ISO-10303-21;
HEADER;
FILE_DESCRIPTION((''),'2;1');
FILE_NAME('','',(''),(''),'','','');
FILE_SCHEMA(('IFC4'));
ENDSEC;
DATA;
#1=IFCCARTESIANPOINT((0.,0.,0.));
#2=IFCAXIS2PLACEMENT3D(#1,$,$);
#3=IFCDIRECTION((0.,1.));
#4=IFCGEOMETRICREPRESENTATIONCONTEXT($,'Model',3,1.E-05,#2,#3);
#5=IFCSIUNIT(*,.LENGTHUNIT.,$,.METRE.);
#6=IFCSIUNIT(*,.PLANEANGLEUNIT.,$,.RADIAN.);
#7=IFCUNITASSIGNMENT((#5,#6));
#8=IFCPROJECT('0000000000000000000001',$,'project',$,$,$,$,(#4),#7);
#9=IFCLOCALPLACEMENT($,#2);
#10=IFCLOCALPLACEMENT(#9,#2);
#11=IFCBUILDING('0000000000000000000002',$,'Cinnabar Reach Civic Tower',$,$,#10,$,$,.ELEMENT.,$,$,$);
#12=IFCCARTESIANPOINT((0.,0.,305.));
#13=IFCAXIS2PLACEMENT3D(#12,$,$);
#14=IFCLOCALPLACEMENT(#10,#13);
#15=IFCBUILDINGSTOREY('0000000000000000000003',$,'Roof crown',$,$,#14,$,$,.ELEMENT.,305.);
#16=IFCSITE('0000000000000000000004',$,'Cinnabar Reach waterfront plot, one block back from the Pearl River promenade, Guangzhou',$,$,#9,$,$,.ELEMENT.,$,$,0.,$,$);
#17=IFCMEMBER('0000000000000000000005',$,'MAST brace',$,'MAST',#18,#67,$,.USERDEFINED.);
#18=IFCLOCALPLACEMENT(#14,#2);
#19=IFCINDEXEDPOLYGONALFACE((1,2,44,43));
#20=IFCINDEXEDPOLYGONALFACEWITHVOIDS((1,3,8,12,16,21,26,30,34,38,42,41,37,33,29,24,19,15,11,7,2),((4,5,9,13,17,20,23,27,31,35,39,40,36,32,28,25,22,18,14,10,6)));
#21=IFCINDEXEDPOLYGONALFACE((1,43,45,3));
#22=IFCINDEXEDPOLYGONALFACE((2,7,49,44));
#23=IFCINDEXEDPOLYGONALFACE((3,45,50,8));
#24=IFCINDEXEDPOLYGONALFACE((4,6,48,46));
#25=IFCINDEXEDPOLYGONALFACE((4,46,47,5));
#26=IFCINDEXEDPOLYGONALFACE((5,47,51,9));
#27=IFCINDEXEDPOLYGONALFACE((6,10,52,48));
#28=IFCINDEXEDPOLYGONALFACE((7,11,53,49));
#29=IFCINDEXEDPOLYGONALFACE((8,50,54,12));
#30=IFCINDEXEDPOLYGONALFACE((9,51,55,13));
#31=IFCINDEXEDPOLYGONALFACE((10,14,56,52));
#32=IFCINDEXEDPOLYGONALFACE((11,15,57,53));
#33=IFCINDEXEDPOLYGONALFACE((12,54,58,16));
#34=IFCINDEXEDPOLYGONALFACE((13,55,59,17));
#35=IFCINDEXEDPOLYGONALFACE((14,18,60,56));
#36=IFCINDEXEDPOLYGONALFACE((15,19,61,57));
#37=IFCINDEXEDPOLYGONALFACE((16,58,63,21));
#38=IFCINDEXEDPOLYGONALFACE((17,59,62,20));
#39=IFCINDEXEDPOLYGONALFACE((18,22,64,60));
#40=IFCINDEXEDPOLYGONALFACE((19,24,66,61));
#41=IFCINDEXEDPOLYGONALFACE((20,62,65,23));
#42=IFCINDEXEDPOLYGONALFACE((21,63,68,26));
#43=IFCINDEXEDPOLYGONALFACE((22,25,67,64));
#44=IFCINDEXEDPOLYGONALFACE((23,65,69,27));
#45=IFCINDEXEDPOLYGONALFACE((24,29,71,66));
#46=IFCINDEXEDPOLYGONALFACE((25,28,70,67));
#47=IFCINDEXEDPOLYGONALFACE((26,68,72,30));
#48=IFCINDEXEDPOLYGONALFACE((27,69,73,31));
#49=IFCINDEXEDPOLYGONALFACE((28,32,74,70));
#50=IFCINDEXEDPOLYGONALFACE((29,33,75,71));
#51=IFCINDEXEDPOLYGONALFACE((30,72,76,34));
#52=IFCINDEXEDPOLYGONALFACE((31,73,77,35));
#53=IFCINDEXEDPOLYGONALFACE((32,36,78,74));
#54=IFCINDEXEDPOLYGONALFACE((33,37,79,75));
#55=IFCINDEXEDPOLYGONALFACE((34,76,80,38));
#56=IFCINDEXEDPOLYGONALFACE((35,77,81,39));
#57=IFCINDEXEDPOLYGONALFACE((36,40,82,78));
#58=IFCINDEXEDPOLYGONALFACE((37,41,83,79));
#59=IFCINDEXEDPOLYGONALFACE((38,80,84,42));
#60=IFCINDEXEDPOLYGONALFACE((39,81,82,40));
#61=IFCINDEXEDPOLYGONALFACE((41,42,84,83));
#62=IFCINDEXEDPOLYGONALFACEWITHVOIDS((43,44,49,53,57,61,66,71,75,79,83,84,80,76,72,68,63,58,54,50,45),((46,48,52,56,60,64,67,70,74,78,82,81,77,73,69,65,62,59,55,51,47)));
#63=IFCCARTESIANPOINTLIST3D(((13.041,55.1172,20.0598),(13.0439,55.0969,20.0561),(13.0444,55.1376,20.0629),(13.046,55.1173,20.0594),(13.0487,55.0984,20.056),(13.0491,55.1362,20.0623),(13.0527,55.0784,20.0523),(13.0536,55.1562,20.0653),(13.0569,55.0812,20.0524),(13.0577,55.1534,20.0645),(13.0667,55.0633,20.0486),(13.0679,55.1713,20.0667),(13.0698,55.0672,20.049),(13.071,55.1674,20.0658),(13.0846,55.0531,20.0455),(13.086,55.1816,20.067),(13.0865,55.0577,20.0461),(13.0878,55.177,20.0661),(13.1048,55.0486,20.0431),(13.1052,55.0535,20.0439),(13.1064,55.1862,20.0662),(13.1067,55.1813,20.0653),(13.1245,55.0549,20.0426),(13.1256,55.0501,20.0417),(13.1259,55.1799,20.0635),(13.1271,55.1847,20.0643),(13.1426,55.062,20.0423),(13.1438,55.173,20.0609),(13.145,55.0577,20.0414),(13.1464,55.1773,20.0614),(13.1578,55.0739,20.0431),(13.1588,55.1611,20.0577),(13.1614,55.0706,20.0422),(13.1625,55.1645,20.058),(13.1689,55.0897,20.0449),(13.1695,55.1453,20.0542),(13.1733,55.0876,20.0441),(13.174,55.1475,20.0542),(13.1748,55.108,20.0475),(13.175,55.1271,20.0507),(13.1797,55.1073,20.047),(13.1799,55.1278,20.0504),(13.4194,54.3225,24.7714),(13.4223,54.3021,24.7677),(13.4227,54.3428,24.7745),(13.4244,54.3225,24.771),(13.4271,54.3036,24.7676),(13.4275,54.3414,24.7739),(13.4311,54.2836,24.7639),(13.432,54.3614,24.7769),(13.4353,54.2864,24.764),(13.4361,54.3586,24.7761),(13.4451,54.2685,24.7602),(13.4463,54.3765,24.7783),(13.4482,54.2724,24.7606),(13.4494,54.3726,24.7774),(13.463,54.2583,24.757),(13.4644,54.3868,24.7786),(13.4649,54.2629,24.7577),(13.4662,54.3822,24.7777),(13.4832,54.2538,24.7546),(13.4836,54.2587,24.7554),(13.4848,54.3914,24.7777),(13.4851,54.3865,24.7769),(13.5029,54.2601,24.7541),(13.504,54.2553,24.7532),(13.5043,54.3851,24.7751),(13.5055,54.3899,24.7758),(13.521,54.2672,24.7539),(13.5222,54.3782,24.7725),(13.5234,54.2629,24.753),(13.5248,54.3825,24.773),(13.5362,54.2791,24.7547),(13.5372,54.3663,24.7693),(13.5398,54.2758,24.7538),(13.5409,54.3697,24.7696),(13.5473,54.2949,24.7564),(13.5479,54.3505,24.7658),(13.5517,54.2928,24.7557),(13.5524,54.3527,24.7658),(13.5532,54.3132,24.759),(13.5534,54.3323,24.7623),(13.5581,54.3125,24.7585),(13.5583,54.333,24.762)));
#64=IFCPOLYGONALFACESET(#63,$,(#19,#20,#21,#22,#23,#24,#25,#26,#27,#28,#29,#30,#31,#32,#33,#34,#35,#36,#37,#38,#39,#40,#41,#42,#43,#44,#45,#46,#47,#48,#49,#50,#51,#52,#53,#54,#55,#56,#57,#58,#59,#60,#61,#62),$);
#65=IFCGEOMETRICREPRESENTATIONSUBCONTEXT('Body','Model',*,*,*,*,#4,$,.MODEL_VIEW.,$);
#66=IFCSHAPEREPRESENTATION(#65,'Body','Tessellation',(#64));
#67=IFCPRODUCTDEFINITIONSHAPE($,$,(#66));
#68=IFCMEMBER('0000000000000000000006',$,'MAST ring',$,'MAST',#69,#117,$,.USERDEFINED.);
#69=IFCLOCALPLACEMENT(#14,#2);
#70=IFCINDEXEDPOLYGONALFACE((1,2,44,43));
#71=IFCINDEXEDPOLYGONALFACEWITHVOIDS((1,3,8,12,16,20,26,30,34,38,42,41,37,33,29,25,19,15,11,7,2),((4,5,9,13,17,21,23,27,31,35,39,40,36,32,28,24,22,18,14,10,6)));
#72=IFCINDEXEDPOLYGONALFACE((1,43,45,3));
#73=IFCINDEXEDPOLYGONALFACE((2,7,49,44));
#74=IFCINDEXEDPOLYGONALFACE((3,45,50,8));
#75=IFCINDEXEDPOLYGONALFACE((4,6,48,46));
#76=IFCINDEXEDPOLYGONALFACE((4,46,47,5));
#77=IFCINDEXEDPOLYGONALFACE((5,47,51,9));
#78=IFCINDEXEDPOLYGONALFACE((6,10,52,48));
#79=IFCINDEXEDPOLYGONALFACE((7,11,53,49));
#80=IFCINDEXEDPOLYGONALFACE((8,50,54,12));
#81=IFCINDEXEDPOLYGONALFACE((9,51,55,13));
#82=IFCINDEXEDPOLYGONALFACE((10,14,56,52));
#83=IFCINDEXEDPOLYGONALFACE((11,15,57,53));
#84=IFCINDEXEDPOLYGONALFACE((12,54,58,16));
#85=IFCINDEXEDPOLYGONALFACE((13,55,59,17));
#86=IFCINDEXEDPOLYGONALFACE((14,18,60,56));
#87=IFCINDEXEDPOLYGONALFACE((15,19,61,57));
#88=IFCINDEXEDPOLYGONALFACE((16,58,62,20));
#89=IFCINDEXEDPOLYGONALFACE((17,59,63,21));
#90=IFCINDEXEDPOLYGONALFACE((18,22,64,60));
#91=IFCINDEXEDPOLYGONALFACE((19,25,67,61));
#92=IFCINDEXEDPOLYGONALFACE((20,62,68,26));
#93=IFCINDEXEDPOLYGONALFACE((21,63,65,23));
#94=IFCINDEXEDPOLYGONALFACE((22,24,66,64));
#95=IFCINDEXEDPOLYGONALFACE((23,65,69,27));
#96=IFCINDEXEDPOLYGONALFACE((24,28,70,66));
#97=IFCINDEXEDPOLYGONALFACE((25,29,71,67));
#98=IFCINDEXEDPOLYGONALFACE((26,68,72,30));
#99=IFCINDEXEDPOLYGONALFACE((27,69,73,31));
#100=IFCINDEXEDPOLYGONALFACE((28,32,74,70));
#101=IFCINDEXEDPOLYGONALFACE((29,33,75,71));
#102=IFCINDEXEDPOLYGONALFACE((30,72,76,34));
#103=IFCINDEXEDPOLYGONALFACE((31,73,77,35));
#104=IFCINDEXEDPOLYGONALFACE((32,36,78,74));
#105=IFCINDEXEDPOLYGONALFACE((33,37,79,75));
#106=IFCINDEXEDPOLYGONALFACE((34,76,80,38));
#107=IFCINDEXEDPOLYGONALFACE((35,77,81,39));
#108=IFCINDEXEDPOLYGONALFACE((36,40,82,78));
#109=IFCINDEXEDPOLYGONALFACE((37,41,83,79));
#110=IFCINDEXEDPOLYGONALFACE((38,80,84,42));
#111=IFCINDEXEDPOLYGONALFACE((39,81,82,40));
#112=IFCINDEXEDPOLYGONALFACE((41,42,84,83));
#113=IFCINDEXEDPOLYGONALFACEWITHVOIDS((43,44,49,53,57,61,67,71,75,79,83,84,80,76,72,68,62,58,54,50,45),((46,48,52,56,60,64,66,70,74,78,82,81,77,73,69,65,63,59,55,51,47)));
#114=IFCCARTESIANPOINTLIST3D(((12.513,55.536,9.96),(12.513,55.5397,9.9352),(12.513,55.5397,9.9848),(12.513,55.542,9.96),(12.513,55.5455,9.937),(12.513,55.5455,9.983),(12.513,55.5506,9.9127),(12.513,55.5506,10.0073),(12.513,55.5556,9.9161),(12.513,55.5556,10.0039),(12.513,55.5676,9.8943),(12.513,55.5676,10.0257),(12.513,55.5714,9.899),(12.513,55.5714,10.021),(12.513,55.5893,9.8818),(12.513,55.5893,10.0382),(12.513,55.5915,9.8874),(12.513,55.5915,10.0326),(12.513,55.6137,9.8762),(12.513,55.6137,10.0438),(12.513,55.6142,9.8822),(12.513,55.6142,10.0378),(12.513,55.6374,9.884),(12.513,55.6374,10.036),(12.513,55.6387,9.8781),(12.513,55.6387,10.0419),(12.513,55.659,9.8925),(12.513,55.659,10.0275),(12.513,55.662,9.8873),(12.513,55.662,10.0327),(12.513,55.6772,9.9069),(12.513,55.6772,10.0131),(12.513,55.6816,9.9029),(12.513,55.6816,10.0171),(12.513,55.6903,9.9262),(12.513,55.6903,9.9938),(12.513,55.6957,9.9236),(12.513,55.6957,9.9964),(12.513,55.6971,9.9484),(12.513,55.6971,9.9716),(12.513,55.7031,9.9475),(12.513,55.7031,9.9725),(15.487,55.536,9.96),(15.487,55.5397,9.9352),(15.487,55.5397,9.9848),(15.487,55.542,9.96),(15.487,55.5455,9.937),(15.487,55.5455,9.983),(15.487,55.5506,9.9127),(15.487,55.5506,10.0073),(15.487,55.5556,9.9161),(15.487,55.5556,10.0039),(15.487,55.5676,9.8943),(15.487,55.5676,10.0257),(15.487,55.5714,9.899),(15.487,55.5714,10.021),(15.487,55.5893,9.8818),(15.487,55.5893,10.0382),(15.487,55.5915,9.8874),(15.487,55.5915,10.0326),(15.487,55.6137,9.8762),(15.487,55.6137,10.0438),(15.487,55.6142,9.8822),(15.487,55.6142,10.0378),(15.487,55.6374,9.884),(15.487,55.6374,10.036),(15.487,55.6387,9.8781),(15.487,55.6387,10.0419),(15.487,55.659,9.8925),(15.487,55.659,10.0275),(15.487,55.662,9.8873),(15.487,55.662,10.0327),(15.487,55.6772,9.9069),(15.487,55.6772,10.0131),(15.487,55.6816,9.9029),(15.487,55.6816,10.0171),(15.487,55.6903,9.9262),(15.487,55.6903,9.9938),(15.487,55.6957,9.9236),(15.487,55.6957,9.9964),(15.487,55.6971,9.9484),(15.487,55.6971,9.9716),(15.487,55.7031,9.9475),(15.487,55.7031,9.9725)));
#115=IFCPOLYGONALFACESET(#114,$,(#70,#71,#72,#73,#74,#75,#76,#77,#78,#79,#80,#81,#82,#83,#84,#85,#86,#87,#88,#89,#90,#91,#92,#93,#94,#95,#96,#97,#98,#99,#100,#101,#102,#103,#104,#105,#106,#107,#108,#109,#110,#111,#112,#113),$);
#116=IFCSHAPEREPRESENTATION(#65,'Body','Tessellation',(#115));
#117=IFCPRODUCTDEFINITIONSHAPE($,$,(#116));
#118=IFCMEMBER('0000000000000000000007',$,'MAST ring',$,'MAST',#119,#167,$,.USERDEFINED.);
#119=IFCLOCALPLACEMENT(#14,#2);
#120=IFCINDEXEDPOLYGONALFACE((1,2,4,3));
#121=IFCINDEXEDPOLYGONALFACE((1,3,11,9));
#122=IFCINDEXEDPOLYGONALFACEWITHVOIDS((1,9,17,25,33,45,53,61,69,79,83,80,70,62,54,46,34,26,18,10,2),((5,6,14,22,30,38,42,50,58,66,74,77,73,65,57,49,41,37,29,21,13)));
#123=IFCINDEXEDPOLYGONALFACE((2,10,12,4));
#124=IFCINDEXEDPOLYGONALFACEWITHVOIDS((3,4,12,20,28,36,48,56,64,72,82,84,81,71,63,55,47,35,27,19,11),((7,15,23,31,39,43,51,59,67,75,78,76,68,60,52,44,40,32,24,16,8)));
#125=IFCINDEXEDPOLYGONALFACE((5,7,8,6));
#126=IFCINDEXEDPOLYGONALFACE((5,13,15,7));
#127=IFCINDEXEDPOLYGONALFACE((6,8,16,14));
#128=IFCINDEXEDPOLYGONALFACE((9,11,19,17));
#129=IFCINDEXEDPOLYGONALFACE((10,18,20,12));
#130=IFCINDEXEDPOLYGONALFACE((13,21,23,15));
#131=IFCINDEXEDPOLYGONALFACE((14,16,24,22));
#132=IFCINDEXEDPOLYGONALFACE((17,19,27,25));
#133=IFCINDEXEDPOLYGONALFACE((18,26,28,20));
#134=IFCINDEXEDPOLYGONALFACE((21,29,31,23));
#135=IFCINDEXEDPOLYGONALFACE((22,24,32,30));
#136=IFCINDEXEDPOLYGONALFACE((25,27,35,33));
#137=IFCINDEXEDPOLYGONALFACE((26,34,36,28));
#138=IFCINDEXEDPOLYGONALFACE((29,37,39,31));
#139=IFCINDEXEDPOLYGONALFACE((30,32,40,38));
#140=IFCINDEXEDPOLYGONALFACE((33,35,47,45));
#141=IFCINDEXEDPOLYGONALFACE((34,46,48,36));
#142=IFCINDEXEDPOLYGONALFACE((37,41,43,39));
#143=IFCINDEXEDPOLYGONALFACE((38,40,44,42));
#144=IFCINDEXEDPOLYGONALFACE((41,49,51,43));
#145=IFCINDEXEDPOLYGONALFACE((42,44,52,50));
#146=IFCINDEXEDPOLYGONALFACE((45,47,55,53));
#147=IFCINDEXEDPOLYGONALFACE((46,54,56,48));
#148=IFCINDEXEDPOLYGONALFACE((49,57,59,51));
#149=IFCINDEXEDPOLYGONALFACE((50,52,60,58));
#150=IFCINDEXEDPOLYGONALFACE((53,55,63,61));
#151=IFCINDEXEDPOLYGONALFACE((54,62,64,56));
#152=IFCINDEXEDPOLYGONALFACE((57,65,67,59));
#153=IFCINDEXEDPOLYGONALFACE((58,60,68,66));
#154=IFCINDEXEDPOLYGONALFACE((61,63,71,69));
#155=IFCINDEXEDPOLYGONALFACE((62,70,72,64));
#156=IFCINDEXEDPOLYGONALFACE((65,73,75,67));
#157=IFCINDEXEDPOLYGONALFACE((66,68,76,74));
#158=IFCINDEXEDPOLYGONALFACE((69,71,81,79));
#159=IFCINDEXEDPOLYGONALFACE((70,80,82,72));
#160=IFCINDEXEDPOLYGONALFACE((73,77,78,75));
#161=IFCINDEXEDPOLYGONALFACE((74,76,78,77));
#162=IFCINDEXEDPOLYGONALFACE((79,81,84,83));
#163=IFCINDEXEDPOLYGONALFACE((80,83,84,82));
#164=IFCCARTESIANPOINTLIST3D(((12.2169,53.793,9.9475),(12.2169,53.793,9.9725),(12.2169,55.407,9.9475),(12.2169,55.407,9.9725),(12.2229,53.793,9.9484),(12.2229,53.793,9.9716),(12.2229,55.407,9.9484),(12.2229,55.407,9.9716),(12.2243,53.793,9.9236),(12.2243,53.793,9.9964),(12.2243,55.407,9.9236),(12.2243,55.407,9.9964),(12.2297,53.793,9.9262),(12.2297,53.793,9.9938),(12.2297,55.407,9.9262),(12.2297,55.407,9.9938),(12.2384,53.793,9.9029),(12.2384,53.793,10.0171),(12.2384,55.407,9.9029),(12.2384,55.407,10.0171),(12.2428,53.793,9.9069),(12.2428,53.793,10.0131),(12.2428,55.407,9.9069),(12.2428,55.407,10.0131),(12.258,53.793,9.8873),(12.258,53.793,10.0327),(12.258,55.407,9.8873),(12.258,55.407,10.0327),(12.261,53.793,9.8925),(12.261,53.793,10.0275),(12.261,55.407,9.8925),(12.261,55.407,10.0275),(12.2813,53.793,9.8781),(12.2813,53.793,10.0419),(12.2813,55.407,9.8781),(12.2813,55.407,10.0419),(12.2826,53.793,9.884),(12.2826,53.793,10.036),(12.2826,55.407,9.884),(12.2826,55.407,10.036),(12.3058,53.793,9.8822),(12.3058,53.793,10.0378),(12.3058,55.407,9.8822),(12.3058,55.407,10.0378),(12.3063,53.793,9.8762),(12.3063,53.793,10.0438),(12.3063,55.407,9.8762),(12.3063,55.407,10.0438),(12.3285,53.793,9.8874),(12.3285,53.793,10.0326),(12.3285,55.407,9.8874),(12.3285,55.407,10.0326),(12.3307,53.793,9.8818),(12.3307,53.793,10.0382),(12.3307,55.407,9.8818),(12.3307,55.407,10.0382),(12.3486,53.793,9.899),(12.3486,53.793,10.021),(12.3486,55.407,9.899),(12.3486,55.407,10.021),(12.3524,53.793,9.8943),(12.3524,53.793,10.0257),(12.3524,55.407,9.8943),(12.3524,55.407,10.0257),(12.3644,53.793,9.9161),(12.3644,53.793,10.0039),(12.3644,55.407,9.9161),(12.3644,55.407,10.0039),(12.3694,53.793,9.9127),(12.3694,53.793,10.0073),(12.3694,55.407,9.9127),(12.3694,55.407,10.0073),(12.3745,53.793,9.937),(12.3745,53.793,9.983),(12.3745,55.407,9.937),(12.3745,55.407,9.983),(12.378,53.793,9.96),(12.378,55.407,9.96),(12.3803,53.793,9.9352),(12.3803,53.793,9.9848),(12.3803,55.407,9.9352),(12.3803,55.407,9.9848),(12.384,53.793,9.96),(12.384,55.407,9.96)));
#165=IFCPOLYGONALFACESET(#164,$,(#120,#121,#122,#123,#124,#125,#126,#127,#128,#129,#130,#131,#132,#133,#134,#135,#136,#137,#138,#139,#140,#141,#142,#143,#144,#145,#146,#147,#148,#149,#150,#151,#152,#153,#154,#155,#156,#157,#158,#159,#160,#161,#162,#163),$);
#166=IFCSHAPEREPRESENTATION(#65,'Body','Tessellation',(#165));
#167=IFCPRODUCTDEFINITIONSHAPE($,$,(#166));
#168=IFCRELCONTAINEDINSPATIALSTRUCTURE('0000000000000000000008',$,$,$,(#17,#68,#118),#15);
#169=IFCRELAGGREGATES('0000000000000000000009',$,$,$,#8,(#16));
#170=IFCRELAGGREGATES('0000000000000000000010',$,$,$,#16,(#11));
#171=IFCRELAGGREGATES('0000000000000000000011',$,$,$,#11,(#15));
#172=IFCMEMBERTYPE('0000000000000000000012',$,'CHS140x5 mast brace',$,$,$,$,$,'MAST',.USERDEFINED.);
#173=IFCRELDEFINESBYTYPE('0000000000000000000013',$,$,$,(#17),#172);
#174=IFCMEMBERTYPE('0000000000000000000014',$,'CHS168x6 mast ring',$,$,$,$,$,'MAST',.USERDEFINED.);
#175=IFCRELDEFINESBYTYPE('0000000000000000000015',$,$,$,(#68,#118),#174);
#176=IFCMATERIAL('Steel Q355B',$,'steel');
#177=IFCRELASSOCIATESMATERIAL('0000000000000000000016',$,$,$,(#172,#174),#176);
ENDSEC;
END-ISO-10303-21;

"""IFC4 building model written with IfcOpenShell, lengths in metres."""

from ifc_helpers import new_model, si_unit, direction, frame, origin, origin_2d, place, context, subcontext, project, spatial, hollow_circle, extrude, material, material_profile, profile_set, type_object, element, save


model = new_model("IFC4")

# Units and contexts
model_context = context("Model", 3, precision=1e-05, world=origin(), true_north=direction((0.0, 1.0)))
body_context = subcontext(model_context, "Body", "Model", "MODEL_VIEW")
ifc_project = project(units=[si_unit("LENGTHUNIT", "METRE"), si_unit("PLANEANGLEUNIT", "RADIAN")], contexts=[model_context])

# Site, building, storey
site_placement = place(None, origin())
site = spatial("IfcSite", under=ifc_project, at=site_placement, Name="Cinnabar Reach waterfront plot, one block back from the Pearl River promenade, Guangzhou", CompositionType="ELEMENT", RefElevation=0.0)
building_placement = place(site_placement, origin())
building = spatial("IfcBuilding", under=site, at=building_placement, Name="Cinnabar Reach Civic Tower", CompositionType="ELEMENT")
storey_placement = place(building_placement, frame((0.0, 0.0, 305.0)))
storey = spatial("IfcBuildingStorey", under=building, at=storey_placement, Name="Roof crown", CompositionType="ELEMENT", Elevation=305.0)

# Members
ifc_material = material(Name="Steel Q355B", Category="steel")
ifc_material_profile_1 = material_profile(ifc_material, hollow_circle(Radius=0.07, WallThickness=0.005, at=origin_2d()), Name="CHS140x5")
ifc_profile_set_1 = profile_set([ifc_material_profile_1], Name="Steel Q355B")
member_type_1 = type_object("IfcMemberType", Name="CHS140x5 mast brace", ElementType="MAST", PredefinedType="USERDEFINED", material=ifc_profile_set_1)
member_1_placement = place(storey_placement, frame((13.1108, 55.1174, 20.0542), z_axis=(0.078946, -0.165821, 0.982991), x_axis=(0.902894, 0.429863, 0.0)))
element("IfcMember", 1, at=member_1_placement, inside=storey, type_object=member_type_1, Name="MAST brace", ObjectType="MAST", PredefinedType="USERDEFINED", context=body_context, shape_type="SweptSolid", body=[
    extrude(hollow_circle(Radius=0.07, WallThickness=0.005, at=origin_2d()), origin(), (0.0, 0.0, 1.0), 4.7931),
])
ifc_material_profile_2 = material_profile(ifc_material, hollow_circle(Radius=0.084, WallThickness=0.006, at=origin_2d()), Name="CHS168x6")
ifc_profile_set_2 = profile_set([ifc_material_profile_2], Name="Steel Q355B")
member_type_2 = type_object("IfcMemberType", Name="CHS168x6 mast ring", ElementType="MAST", PredefinedType="USERDEFINED", material=ifc_profile_set_2)
member_2_placement = place(storey_placement, frame((15.487, 55.62, 9.96), z_axis=(-1.0, 0.0, 0.0), x_axis=(0.0, -1.0, 0.0)))
element("IfcMember", 2, at=member_2_placement, inside=storey, type_object=member_type_2, Name="MAST ring", ObjectType="MAST", PredefinedType="USERDEFINED", context=body_context, shape_type="SweptSolid", body=[
    extrude(hollow_circle(Radius=0.084, WallThickness=0.006, at=origin_2d()), origin(), (0.0, 0.0, 1.0), 2.974),
])
member_3_placement = place(storey_placement, frame((12.3, 55.407, 9.96), z_axis=(0.0, -1.0, 0.0), x_axis=(1.0, 0.0, 0.0)))
element("IfcMember", 3, at=member_3_placement, inside=storey, type_object=member_type_2, Name="MAST ring", ObjectType="MAST", PredefinedType="USERDEFINED", context=body_context, shape_type="SweptSolid", body=[
    extrude(hollow_circle(Radius=0.084, WallThickness=0.006, at=origin_2d()), origin(), (0.0, 0.0, 1.0), 1.614),
])

save(model, "model.ifc")
